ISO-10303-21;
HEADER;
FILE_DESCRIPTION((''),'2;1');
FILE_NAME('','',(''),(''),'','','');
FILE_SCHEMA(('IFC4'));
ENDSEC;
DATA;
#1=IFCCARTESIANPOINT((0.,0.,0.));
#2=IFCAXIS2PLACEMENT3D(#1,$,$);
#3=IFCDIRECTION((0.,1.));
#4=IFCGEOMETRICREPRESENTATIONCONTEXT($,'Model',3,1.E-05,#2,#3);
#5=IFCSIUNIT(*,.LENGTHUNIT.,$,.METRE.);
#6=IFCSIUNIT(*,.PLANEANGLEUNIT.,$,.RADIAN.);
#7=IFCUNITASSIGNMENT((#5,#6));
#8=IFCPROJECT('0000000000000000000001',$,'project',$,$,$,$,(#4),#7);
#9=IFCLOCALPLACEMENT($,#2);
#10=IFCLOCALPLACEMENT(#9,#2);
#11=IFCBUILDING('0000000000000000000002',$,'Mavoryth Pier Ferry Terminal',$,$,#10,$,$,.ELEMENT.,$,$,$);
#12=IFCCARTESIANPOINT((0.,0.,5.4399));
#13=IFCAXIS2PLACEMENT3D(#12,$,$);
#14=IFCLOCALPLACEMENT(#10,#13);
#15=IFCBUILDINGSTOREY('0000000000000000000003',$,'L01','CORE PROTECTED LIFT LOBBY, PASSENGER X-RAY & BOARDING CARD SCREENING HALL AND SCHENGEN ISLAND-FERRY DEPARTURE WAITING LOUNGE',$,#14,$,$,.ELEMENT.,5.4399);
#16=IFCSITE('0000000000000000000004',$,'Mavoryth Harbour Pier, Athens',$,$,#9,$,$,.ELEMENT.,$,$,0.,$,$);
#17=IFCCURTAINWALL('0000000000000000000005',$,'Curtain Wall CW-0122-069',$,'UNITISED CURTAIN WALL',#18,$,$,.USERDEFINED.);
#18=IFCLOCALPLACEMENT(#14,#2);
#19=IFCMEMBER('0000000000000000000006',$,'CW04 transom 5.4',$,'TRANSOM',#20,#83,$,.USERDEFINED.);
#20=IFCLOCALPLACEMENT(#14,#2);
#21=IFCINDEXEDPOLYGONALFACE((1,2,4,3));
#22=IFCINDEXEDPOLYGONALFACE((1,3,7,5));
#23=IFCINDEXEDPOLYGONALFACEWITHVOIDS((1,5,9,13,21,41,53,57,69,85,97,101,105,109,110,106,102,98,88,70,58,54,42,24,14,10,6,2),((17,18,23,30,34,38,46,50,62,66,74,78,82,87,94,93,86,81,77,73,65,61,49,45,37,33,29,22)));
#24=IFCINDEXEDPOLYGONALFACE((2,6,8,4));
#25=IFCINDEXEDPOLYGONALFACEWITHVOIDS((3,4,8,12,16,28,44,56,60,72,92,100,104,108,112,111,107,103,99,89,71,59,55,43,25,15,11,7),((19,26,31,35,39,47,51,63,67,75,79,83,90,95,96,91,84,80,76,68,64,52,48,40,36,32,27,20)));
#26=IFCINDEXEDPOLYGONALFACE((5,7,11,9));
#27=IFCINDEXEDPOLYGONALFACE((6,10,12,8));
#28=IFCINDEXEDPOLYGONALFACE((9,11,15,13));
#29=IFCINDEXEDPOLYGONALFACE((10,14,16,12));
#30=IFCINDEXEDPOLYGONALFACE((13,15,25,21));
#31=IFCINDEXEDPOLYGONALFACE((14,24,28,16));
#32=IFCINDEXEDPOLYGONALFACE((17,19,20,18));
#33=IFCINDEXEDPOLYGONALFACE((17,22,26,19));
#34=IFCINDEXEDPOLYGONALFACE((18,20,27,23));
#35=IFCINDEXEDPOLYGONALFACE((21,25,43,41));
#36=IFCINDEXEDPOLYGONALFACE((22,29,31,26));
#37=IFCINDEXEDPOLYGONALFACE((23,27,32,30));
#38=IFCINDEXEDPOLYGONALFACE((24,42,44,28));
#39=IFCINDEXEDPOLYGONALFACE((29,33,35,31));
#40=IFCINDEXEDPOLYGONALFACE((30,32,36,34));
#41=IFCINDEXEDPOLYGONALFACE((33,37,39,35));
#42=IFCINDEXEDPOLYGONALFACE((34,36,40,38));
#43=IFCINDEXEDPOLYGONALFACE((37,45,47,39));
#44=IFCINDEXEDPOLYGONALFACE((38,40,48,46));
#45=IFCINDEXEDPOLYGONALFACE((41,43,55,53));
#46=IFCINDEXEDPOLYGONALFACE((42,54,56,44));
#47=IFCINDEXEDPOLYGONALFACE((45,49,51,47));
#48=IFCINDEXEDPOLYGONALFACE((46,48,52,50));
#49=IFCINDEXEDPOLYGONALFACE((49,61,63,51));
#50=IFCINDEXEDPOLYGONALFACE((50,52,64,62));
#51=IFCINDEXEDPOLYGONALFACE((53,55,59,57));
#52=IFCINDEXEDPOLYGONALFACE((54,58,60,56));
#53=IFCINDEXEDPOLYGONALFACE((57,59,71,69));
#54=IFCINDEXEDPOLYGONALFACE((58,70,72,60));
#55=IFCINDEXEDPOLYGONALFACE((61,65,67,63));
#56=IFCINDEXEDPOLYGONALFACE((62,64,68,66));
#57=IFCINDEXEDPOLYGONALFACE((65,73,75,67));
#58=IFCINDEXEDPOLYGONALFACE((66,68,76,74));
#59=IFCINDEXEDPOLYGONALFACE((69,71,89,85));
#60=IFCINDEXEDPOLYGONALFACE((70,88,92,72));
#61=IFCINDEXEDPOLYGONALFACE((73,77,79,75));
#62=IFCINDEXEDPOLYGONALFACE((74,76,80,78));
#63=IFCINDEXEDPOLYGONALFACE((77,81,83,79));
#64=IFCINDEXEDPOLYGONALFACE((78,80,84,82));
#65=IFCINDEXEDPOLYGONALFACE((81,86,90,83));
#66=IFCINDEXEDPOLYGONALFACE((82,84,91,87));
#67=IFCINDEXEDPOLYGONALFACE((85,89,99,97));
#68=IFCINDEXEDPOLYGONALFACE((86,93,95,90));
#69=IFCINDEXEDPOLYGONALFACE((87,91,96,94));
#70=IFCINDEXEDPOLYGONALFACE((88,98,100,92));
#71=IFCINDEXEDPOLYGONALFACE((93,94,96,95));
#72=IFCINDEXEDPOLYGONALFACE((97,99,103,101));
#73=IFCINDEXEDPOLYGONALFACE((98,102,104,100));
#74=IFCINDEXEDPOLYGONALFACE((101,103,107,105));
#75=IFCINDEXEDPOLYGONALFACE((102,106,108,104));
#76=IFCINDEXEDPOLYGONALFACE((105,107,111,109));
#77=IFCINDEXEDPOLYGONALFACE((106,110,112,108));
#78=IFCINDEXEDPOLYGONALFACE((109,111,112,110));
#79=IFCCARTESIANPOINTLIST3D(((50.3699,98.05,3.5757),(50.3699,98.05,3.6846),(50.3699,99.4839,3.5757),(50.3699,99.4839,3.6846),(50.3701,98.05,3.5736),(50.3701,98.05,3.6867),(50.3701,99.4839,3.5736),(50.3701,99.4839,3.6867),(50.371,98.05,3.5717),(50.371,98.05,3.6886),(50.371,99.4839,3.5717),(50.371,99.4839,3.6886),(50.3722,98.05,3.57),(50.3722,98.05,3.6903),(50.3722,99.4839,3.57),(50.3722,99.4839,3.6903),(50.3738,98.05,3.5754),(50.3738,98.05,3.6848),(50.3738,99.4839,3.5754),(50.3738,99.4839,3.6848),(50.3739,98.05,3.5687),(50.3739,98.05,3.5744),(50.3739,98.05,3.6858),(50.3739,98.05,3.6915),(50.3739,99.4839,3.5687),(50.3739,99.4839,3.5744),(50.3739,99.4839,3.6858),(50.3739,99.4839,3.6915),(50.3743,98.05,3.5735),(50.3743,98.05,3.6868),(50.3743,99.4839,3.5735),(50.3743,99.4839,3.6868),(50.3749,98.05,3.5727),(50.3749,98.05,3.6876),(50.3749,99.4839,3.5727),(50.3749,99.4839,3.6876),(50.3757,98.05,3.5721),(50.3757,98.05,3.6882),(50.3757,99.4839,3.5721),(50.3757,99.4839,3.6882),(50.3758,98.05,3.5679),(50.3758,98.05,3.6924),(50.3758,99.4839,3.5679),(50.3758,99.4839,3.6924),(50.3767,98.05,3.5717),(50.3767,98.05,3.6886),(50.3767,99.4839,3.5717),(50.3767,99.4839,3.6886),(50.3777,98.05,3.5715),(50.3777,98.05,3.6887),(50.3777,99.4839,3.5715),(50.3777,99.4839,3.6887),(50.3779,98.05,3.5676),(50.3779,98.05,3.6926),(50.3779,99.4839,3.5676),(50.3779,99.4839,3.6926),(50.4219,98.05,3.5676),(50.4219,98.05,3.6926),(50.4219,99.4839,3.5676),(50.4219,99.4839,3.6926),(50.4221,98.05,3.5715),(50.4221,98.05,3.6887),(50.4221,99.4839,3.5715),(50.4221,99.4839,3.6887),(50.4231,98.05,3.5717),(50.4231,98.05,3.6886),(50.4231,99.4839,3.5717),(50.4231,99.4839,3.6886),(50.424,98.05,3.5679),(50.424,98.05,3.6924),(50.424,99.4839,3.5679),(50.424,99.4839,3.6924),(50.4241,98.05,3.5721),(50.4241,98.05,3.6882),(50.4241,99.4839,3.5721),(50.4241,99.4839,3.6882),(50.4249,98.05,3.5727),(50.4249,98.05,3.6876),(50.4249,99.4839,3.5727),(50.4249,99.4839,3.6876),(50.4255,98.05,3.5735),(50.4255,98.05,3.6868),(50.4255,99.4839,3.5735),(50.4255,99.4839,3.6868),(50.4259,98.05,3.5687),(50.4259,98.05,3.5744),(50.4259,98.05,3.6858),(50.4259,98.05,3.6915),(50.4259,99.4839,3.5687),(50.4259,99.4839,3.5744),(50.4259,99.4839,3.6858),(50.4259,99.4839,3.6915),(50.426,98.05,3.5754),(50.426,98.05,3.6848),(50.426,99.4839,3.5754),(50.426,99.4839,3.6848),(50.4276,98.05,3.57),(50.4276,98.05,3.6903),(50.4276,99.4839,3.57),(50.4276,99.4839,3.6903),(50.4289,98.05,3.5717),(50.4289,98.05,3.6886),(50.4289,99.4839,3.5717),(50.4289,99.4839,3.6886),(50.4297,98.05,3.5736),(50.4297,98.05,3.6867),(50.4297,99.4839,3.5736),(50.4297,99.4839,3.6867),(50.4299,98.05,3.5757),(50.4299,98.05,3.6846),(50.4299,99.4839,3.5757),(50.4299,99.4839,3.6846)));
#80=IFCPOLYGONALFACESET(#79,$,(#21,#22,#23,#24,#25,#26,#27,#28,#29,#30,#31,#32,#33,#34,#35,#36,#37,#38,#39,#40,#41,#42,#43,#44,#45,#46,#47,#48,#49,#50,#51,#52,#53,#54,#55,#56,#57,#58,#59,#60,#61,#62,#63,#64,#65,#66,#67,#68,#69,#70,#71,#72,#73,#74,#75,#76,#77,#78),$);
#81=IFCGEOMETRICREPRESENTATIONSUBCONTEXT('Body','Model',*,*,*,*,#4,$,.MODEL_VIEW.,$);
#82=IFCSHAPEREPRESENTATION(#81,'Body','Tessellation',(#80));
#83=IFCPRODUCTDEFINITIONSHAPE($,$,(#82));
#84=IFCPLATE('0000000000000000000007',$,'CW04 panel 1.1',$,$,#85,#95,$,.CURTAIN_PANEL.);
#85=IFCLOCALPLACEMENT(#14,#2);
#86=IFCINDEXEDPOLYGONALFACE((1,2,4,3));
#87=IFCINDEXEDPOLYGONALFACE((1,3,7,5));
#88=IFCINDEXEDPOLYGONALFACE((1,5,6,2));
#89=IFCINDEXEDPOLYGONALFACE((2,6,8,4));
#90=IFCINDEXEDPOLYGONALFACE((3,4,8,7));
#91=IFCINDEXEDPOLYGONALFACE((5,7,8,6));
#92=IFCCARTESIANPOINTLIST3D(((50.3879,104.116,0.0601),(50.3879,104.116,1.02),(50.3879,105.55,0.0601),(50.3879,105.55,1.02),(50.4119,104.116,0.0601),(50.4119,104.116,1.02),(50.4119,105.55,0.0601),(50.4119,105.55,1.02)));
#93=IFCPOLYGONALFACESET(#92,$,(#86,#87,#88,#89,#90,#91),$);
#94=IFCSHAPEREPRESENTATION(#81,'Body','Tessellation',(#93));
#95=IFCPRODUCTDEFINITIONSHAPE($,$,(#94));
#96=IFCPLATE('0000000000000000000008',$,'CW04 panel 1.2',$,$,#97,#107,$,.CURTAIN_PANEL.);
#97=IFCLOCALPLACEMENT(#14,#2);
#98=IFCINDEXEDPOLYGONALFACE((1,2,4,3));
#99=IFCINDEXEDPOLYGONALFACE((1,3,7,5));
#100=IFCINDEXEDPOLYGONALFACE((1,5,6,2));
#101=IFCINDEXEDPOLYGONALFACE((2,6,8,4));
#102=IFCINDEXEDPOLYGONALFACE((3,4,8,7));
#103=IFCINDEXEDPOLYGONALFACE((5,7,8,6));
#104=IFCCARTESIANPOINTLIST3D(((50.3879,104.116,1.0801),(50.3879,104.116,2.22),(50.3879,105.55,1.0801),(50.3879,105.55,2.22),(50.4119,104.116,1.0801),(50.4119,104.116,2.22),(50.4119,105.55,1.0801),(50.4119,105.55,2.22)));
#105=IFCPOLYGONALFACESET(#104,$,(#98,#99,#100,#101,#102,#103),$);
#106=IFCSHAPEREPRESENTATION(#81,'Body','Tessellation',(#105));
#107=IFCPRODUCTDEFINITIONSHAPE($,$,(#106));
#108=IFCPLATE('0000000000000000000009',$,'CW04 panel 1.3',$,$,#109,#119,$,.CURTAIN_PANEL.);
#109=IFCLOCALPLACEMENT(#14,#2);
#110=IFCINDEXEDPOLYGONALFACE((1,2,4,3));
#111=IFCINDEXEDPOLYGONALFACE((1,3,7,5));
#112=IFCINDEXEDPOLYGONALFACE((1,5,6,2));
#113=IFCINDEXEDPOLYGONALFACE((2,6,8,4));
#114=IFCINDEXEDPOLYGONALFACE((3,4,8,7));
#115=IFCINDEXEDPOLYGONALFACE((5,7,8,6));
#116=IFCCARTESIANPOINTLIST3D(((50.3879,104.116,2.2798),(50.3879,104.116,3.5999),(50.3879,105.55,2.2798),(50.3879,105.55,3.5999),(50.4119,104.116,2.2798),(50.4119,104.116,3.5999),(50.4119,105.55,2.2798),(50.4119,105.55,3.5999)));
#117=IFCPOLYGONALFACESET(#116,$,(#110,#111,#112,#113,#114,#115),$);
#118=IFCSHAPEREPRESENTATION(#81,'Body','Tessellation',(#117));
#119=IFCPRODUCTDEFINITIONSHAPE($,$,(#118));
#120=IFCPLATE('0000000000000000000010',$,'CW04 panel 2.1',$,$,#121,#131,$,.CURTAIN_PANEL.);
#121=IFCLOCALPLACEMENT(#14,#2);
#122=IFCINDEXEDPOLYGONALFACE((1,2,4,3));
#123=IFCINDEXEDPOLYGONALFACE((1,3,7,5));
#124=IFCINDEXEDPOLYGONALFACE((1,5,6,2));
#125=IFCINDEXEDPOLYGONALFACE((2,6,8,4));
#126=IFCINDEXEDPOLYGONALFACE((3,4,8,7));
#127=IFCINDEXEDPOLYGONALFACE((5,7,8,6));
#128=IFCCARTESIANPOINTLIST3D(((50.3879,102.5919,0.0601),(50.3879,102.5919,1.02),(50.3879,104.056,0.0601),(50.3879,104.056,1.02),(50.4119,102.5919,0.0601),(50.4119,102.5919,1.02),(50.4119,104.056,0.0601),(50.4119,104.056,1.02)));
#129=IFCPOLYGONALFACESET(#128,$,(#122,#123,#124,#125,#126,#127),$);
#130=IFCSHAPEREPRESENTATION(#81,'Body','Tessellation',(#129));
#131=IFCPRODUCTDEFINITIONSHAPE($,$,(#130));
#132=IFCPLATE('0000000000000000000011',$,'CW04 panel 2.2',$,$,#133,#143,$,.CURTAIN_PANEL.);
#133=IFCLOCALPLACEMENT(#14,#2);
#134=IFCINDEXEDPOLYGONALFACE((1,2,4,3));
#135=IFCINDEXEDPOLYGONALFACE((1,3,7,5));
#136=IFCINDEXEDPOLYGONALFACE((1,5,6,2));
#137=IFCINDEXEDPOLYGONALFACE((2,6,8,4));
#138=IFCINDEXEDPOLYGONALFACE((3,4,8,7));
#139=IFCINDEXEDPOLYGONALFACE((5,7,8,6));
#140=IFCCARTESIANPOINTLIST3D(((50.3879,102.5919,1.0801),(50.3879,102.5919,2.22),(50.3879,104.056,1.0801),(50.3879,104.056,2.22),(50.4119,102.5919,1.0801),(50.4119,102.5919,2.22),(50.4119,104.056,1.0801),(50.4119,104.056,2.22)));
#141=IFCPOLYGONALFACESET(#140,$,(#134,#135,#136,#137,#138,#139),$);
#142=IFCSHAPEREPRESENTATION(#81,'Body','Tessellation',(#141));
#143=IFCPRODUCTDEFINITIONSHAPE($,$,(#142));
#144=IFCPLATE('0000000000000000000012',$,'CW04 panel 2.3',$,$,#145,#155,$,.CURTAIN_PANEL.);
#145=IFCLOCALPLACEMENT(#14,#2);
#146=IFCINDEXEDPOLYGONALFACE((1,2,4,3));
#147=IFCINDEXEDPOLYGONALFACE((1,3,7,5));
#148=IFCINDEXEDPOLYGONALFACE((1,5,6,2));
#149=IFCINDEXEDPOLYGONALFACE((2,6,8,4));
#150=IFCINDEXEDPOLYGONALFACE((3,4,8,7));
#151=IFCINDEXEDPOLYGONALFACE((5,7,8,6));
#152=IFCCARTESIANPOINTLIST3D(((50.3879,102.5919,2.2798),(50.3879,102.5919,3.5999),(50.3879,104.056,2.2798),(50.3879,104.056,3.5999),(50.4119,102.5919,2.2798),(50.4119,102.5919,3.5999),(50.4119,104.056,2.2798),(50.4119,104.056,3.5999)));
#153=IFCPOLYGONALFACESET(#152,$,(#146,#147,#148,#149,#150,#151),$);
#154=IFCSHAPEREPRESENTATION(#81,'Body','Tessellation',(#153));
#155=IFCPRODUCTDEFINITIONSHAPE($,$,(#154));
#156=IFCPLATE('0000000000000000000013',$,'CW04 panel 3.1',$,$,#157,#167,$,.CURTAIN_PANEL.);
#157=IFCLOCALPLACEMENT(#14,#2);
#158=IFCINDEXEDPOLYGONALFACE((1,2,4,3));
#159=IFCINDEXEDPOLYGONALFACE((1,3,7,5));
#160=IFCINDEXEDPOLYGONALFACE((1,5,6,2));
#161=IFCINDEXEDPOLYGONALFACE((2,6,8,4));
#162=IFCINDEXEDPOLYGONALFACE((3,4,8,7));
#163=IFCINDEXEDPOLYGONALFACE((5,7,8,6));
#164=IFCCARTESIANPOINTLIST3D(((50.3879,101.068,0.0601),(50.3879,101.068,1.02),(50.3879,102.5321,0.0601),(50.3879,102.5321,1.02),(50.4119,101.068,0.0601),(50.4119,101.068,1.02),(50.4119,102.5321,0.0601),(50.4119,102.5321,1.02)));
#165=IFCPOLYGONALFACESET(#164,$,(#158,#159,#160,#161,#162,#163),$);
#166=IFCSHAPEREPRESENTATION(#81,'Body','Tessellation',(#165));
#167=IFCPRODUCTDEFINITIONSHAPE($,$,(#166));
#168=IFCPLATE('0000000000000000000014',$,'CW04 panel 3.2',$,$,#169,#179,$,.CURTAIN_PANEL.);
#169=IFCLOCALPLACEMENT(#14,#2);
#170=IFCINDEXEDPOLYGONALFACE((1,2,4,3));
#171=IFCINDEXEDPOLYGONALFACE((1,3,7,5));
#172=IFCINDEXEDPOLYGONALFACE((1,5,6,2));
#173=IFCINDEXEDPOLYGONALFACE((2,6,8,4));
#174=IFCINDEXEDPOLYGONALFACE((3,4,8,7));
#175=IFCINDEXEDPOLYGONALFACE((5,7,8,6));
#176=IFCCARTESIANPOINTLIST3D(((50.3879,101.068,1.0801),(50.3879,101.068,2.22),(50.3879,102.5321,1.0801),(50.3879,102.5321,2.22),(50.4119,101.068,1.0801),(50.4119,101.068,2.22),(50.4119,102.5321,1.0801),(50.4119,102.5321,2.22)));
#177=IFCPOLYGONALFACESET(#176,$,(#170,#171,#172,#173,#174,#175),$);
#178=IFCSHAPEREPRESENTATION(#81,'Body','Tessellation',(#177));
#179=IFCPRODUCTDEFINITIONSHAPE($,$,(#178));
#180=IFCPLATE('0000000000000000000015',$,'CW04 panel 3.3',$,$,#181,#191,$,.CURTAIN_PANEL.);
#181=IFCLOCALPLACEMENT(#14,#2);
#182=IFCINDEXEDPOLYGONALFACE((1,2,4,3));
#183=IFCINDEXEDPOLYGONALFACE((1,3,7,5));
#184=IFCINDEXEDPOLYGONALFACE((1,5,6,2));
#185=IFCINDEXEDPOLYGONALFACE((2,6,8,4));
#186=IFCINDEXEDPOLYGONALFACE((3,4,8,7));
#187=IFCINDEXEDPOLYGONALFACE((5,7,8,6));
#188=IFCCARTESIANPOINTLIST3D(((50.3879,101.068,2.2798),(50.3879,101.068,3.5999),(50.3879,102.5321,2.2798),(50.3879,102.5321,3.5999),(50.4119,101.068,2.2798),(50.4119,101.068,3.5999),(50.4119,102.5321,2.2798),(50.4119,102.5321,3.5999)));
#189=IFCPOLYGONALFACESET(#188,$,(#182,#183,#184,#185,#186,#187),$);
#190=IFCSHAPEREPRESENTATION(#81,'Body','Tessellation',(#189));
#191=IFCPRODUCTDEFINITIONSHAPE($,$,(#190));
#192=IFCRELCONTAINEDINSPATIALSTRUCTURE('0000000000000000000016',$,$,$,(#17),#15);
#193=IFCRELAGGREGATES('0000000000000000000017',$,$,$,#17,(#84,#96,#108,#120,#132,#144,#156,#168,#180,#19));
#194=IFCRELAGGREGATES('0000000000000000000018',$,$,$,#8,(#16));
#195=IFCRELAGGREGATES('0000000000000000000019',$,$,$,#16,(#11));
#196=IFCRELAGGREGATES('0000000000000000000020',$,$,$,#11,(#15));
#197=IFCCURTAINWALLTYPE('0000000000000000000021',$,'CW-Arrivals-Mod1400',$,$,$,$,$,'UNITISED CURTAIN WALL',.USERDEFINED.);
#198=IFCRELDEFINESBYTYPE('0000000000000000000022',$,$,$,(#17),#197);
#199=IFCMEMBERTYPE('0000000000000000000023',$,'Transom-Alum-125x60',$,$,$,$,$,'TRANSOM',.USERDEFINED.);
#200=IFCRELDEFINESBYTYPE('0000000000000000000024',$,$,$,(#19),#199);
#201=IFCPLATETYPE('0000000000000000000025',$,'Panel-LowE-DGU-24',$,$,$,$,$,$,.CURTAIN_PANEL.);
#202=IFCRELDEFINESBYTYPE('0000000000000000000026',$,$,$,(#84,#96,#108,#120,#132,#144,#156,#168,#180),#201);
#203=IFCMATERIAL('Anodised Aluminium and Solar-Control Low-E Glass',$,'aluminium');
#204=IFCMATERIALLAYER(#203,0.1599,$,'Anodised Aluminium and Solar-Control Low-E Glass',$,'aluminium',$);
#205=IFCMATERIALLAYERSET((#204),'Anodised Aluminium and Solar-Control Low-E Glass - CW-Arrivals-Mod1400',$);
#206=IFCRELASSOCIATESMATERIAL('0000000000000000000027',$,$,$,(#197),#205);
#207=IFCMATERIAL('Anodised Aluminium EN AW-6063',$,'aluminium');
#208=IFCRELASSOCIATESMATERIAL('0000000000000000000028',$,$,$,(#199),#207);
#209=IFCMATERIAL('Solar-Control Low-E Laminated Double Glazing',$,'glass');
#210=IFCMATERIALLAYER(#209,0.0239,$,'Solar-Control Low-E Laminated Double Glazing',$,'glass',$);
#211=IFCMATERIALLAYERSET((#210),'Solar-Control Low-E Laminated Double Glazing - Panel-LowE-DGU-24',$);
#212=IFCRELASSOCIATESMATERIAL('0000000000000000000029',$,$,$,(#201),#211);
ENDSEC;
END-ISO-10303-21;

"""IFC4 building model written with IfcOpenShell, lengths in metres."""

from ifc_helpers import new_model, si_unit, direction, frame, origin, origin_2d, place, context, subcontext, project, spatial, rectangle, hollow_rectangle, extrude, material, layer, layer_set, material_profile, profile_set, type_object, element, aggregate, save


model = new_model("IFC4")

# Units and contexts
model_context = context("Model", 3, precision=1e-05, world=origin(), true_north=direction((0.0, 1.0)))
body_context = subcontext(model_context, "Body", "Model", "MODEL_VIEW")
ifc_project = project(units=[si_unit("LENGTHUNIT", "METRE"), si_unit("PLANEANGLEUNIT", "RADIAN")], contexts=[model_context])

# Site, building, storey
site_placement = place(None, origin())
site = spatial("IfcSite", under=ifc_project, at=site_placement, Name="Mavoryth Harbour Pier, Athens", CompositionType="ELEMENT", RefElevation=0.0)
building_placement = place(site_placement, origin())
building = spatial("IfcBuilding", under=site, at=building_placement, Name="Mavoryth Pier Ferry Terminal", CompositionType="ELEMENT")
storey_placement = place(building_placement, frame((0.0, 0.0, 5.4399)))
storey = spatial("IfcBuildingStorey", under=building, at=storey_placement, Name="L01", Description="CORE PROTECTED LIFT LOBBY, PASSENGER X-RAY & BOARDING CARD SCREENING HALL AND SCHENGEN ISLAND-FERRY DEPARTURE WAITING LOUNGE", CompositionType="ELEMENT", Elevation=5.4399)

# Curtain wall
ifc_material_1 = material(Name="Anodised Aluminium and Solar-Control Low-E Glass", Category="aluminium")
ifc_layer_1 = layer(ifc_material_1, 0.1599, Name="Anodised Aluminium and Solar-Control Low-E Glass", Category="aluminium")
ifc_layer_set_1 = layer_set([ifc_layer_1], Name="Anodised Aluminium and Solar-Control Low-E Glass - CW-Arrivals-Mod1400")
curtain_wall_type = type_object("IfcCurtainWallType", Name="CW-Arrivals-Mod1400", ElementType="UNITISED CURTAIN WALL", PredefinedType="USERDEFINED", material=ifc_layer_set_1)
curtain_wall_placement = place(storey_placement, origin())
curtain_wall = element("IfcCurtainWall", 1, at=curtain_wall_placement, inside=storey, type_object=curtain_wall_type, Name="Curtain Wall CW-0122-069", ObjectType="UNITISED CURTAIN WALL", PredefinedType="USERDEFINED")
ifc_material_2 = material(Name="Anodised Aluminium EN AW-6063", Category="aluminium")

# Member
ifc_material_profile_1 = material_profile(ifc_material_2, hollow_rectangle(XDim=0.0601, YDim=0.125, WallThickness=0.0039, InnerFilletRadius=0.0039, OuterFilletRadius=0.0081, at=origin_2d()), Name="AL-TRAN 125x60x4", Category="aluminium")
ifc_profile_set_1 = profile_set([ifc_material_profile_1], Name="Anodised Aluminium EN AW-6063 - AL-TRAN 125x60x4")
member_type_1 = type_object("IfcMemberType", Name="Transom-Alum-125x60", ElementType="TRANSOM", PredefinedType="USERDEFINED", material=ifc_profile_set_1)
member_1_placement = place(storey_placement, frame((50.3999, 99.4839, 3.6301), z_axis=(0.0, -1.0, 0.0), x_axis=(1.0, 0.0, 0.0)))
member_1 = element("IfcMember", 2, at=member_1_placement, type_object=member_type_1, Name="CW04 transom 5.4", ObjectType="TRANSOM", PredefinedType="USERDEFINED", context=body_context, shape_type="SweptSolid", body=[
    extrude(hollow_rectangle(XDim=0.0601, YDim=0.125, WallThickness=0.0039, InnerFilletRadius=0.0039, OuterFilletRadius=0.0081, at=origin_2d()), origin(), (0.0, 0.0, 1.0), 1.4338),
])

# Plates
ifc_material_3 = material(Name="Solar-Control Low-E Laminated Double Glazing", Category="glass")
ifc_layer_2 = layer(ifc_material_3, 0.0239, Name="Solar-Control Low-E Laminated Double Glazing", Category="glass")
ifc_layer_set_2 = layer_set([ifc_layer_2], Name="Solar-Control Low-E Laminated Double Glazing - Panel-LowE-DGU-24")
plate_type = type_object("IfcPlateType", Name="Panel-LowE-DGU-24", PredefinedType="CURTAIN_PANEL", material=ifc_layer_set_2)
plate_1_placement = place(storey_placement, frame((50.3999, 104.833, 0.0601), z_axis=(0.0, 0.0, 1.0), x_axis=(0.0, -1.0, 0.0)))
plate_1 = element("IfcPlate", 3, at=plate_1_placement, type_object=plate_type, Name="CW04 panel 1.1", PredefinedType="CURTAIN_PANEL", context=body_context, shape_type="SweptSolid", body=[
    extrude(rectangle(XDim=1.4341, YDim=0.0239, at=origin_2d()), origin(), (0.0, 0.0, 1.0), 0.96),
])
plate_2_placement = place(storey_placement, frame((50.3999, 104.833, 1.0801), z_axis=(0.0, 0.0, 1.0), x_axis=(0.0, -1.0, 0.0)))
plate_2 = element("IfcPlate", 4, at=plate_2_placement, type_object=plate_type, Name="CW04 panel 1.2", PredefinedType="CURTAIN_PANEL", context=body_context, shape_type="SweptSolid", body=[
    extrude(rectangle(XDim=1.4341, YDim=0.0239, at=origin_2d()), origin(), (0.0, 0.0, 1.0), 1.1399),
])
plate_3_placement = place(storey_placement, frame((50.3999, 104.833, 2.2798), z_axis=(0.0, 0.0, 1.0), x_axis=(0.0, -1.0, 0.0)))
plate_3 = element("IfcPlate", 5, at=plate_3_placement, type_object=plate_type, Name="CW04 panel 1.3", PredefinedType="CURTAIN_PANEL", context=body_context, shape_type="SweptSolid", body=[
    extrude(rectangle(XDim=1.4341, YDim=0.0239, at=origin_2d()), origin(), (0.0, 0.0, 1.0), 1.3201),
])
plate_4_placement = place(storey_placement, frame((50.3999, 103.324, 0.0601), z_axis=(0.0, 0.0, 1.0), x_axis=(0.0, -1.0, 0.0)))
plate_4 = element("IfcPlate", 6, at=plate_4_placement, type_object=plate_type, Name="CW04 panel 2.1", PredefinedType="CURTAIN_PANEL", context=body_context, shape_type="SweptSolid", body=[
    extrude(rectangle(XDim=1.4641, YDim=0.0239, at=origin_2d()), origin(), (0.0, 0.0, 1.0), 0.96),
])
plate_5_placement = place(storey_placement, frame((50.3999, 103.324, 1.0801), z_axis=(0.0, 0.0, 1.0), x_axis=(0.0, -1.0, 0.0)))
plate_5 = element("IfcPlate", 7, at=plate_5_placement, type_object=plate_type, Name="CW04 panel 2.2", PredefinedType="CURTAIN_PANEL", context=body_context, shape_type="SweptSolid", body=[
    extrude(rectangle(XDim=1.4641, YDim=0.0239, at=origin_2d()), origin(), (0.0, 0.0, 1.0), 1.1399),
])
plate_6_placement = place(storey_placement, frame((50.3999, 103.324, 2.2798), z_axis=(0.0, 0.0, 1.0), x_axis=(0.0, -1.0, 0.0)))
plate_6 = element("IfcPlate", 8, at=plate_6_placement, type_object=plate_type, Name="CW04 panel 2.3", PredefinedType="CURTAIN_PANEL", context=body_context, shape_type="SweptSolid", body=[
    extrude(rectangle(XDim=1.4641, YDim=0.0239, at=origin_2d()), origin(), (0.0, 0.0, 1.0), 1.3201),
])
plate_7_placement = place(storey_placement, frame((50.3999, 101.8, 0.0601), z_axis=(0.0, 0.0, 1.0), x_axis=(0.0, -1.0, 0.0)))
plate_7 = element("IfcPlate", 9, at=plate_7_placement, type_object=plate_type, Name="CW04 panel 3.1", PredefinedType="CURTAIN_PANEL", context=body_context, shape_type="SweptSolid", body=[
    extrude(rectangle(XDim=1.4641, YDim=0.0239, at=origin_2d()), origin(), (0.0, 0.0, 1.0), 0.96),
])
plate_8_placement = place(storey_placement, frame((50.3999, 101.8, 1.0801), z_axis=(0.0, 0.0, 1.0), x_axis=(0.0, -1.0, 0.0)))
plate_8 = element("IfcPlate", 10, at=plate_8_placement, type_object=plate_type, Name="CW04 panel 3.2", PredefinedType="CURTAIN_PANEL", context=body_context, shape_type="SweptSolid", body=[
    extrude(rectangle(XDim=1.4641, YDim=0.0239, at=origin_2d()), origin(), (0.0, 0.0, 1.0), 1.1399),
])
plate_9_placement = place(storey_placement, frame((50.3999, 101.8, 2.2798), z_axis=(0.0, 0.0, 1.0), x_axis=(0.0, -1.0, 0.0)))
plate_9 = element("IfcPlate", 11, at=plate_9_placement, type_object=plate_type, Name="CW04 panel 3.3", PredefinedType="CURTAIN_PANEL", context=body_context, shape_type="SweptSolid", body=[
    extrude(rectangle(XDim=1.4641, YDim=0.0239, at=origin_2d()), origin(), (0.0, 0.0, 1.0), 1.3201),
])
aggregate(curtain_wall, [plate_1, plate_2, plate_3, plate_4, plate_5, plate_6, plate_7, plate_8, plate_9, member_1])

save(model, "model.ifc")
